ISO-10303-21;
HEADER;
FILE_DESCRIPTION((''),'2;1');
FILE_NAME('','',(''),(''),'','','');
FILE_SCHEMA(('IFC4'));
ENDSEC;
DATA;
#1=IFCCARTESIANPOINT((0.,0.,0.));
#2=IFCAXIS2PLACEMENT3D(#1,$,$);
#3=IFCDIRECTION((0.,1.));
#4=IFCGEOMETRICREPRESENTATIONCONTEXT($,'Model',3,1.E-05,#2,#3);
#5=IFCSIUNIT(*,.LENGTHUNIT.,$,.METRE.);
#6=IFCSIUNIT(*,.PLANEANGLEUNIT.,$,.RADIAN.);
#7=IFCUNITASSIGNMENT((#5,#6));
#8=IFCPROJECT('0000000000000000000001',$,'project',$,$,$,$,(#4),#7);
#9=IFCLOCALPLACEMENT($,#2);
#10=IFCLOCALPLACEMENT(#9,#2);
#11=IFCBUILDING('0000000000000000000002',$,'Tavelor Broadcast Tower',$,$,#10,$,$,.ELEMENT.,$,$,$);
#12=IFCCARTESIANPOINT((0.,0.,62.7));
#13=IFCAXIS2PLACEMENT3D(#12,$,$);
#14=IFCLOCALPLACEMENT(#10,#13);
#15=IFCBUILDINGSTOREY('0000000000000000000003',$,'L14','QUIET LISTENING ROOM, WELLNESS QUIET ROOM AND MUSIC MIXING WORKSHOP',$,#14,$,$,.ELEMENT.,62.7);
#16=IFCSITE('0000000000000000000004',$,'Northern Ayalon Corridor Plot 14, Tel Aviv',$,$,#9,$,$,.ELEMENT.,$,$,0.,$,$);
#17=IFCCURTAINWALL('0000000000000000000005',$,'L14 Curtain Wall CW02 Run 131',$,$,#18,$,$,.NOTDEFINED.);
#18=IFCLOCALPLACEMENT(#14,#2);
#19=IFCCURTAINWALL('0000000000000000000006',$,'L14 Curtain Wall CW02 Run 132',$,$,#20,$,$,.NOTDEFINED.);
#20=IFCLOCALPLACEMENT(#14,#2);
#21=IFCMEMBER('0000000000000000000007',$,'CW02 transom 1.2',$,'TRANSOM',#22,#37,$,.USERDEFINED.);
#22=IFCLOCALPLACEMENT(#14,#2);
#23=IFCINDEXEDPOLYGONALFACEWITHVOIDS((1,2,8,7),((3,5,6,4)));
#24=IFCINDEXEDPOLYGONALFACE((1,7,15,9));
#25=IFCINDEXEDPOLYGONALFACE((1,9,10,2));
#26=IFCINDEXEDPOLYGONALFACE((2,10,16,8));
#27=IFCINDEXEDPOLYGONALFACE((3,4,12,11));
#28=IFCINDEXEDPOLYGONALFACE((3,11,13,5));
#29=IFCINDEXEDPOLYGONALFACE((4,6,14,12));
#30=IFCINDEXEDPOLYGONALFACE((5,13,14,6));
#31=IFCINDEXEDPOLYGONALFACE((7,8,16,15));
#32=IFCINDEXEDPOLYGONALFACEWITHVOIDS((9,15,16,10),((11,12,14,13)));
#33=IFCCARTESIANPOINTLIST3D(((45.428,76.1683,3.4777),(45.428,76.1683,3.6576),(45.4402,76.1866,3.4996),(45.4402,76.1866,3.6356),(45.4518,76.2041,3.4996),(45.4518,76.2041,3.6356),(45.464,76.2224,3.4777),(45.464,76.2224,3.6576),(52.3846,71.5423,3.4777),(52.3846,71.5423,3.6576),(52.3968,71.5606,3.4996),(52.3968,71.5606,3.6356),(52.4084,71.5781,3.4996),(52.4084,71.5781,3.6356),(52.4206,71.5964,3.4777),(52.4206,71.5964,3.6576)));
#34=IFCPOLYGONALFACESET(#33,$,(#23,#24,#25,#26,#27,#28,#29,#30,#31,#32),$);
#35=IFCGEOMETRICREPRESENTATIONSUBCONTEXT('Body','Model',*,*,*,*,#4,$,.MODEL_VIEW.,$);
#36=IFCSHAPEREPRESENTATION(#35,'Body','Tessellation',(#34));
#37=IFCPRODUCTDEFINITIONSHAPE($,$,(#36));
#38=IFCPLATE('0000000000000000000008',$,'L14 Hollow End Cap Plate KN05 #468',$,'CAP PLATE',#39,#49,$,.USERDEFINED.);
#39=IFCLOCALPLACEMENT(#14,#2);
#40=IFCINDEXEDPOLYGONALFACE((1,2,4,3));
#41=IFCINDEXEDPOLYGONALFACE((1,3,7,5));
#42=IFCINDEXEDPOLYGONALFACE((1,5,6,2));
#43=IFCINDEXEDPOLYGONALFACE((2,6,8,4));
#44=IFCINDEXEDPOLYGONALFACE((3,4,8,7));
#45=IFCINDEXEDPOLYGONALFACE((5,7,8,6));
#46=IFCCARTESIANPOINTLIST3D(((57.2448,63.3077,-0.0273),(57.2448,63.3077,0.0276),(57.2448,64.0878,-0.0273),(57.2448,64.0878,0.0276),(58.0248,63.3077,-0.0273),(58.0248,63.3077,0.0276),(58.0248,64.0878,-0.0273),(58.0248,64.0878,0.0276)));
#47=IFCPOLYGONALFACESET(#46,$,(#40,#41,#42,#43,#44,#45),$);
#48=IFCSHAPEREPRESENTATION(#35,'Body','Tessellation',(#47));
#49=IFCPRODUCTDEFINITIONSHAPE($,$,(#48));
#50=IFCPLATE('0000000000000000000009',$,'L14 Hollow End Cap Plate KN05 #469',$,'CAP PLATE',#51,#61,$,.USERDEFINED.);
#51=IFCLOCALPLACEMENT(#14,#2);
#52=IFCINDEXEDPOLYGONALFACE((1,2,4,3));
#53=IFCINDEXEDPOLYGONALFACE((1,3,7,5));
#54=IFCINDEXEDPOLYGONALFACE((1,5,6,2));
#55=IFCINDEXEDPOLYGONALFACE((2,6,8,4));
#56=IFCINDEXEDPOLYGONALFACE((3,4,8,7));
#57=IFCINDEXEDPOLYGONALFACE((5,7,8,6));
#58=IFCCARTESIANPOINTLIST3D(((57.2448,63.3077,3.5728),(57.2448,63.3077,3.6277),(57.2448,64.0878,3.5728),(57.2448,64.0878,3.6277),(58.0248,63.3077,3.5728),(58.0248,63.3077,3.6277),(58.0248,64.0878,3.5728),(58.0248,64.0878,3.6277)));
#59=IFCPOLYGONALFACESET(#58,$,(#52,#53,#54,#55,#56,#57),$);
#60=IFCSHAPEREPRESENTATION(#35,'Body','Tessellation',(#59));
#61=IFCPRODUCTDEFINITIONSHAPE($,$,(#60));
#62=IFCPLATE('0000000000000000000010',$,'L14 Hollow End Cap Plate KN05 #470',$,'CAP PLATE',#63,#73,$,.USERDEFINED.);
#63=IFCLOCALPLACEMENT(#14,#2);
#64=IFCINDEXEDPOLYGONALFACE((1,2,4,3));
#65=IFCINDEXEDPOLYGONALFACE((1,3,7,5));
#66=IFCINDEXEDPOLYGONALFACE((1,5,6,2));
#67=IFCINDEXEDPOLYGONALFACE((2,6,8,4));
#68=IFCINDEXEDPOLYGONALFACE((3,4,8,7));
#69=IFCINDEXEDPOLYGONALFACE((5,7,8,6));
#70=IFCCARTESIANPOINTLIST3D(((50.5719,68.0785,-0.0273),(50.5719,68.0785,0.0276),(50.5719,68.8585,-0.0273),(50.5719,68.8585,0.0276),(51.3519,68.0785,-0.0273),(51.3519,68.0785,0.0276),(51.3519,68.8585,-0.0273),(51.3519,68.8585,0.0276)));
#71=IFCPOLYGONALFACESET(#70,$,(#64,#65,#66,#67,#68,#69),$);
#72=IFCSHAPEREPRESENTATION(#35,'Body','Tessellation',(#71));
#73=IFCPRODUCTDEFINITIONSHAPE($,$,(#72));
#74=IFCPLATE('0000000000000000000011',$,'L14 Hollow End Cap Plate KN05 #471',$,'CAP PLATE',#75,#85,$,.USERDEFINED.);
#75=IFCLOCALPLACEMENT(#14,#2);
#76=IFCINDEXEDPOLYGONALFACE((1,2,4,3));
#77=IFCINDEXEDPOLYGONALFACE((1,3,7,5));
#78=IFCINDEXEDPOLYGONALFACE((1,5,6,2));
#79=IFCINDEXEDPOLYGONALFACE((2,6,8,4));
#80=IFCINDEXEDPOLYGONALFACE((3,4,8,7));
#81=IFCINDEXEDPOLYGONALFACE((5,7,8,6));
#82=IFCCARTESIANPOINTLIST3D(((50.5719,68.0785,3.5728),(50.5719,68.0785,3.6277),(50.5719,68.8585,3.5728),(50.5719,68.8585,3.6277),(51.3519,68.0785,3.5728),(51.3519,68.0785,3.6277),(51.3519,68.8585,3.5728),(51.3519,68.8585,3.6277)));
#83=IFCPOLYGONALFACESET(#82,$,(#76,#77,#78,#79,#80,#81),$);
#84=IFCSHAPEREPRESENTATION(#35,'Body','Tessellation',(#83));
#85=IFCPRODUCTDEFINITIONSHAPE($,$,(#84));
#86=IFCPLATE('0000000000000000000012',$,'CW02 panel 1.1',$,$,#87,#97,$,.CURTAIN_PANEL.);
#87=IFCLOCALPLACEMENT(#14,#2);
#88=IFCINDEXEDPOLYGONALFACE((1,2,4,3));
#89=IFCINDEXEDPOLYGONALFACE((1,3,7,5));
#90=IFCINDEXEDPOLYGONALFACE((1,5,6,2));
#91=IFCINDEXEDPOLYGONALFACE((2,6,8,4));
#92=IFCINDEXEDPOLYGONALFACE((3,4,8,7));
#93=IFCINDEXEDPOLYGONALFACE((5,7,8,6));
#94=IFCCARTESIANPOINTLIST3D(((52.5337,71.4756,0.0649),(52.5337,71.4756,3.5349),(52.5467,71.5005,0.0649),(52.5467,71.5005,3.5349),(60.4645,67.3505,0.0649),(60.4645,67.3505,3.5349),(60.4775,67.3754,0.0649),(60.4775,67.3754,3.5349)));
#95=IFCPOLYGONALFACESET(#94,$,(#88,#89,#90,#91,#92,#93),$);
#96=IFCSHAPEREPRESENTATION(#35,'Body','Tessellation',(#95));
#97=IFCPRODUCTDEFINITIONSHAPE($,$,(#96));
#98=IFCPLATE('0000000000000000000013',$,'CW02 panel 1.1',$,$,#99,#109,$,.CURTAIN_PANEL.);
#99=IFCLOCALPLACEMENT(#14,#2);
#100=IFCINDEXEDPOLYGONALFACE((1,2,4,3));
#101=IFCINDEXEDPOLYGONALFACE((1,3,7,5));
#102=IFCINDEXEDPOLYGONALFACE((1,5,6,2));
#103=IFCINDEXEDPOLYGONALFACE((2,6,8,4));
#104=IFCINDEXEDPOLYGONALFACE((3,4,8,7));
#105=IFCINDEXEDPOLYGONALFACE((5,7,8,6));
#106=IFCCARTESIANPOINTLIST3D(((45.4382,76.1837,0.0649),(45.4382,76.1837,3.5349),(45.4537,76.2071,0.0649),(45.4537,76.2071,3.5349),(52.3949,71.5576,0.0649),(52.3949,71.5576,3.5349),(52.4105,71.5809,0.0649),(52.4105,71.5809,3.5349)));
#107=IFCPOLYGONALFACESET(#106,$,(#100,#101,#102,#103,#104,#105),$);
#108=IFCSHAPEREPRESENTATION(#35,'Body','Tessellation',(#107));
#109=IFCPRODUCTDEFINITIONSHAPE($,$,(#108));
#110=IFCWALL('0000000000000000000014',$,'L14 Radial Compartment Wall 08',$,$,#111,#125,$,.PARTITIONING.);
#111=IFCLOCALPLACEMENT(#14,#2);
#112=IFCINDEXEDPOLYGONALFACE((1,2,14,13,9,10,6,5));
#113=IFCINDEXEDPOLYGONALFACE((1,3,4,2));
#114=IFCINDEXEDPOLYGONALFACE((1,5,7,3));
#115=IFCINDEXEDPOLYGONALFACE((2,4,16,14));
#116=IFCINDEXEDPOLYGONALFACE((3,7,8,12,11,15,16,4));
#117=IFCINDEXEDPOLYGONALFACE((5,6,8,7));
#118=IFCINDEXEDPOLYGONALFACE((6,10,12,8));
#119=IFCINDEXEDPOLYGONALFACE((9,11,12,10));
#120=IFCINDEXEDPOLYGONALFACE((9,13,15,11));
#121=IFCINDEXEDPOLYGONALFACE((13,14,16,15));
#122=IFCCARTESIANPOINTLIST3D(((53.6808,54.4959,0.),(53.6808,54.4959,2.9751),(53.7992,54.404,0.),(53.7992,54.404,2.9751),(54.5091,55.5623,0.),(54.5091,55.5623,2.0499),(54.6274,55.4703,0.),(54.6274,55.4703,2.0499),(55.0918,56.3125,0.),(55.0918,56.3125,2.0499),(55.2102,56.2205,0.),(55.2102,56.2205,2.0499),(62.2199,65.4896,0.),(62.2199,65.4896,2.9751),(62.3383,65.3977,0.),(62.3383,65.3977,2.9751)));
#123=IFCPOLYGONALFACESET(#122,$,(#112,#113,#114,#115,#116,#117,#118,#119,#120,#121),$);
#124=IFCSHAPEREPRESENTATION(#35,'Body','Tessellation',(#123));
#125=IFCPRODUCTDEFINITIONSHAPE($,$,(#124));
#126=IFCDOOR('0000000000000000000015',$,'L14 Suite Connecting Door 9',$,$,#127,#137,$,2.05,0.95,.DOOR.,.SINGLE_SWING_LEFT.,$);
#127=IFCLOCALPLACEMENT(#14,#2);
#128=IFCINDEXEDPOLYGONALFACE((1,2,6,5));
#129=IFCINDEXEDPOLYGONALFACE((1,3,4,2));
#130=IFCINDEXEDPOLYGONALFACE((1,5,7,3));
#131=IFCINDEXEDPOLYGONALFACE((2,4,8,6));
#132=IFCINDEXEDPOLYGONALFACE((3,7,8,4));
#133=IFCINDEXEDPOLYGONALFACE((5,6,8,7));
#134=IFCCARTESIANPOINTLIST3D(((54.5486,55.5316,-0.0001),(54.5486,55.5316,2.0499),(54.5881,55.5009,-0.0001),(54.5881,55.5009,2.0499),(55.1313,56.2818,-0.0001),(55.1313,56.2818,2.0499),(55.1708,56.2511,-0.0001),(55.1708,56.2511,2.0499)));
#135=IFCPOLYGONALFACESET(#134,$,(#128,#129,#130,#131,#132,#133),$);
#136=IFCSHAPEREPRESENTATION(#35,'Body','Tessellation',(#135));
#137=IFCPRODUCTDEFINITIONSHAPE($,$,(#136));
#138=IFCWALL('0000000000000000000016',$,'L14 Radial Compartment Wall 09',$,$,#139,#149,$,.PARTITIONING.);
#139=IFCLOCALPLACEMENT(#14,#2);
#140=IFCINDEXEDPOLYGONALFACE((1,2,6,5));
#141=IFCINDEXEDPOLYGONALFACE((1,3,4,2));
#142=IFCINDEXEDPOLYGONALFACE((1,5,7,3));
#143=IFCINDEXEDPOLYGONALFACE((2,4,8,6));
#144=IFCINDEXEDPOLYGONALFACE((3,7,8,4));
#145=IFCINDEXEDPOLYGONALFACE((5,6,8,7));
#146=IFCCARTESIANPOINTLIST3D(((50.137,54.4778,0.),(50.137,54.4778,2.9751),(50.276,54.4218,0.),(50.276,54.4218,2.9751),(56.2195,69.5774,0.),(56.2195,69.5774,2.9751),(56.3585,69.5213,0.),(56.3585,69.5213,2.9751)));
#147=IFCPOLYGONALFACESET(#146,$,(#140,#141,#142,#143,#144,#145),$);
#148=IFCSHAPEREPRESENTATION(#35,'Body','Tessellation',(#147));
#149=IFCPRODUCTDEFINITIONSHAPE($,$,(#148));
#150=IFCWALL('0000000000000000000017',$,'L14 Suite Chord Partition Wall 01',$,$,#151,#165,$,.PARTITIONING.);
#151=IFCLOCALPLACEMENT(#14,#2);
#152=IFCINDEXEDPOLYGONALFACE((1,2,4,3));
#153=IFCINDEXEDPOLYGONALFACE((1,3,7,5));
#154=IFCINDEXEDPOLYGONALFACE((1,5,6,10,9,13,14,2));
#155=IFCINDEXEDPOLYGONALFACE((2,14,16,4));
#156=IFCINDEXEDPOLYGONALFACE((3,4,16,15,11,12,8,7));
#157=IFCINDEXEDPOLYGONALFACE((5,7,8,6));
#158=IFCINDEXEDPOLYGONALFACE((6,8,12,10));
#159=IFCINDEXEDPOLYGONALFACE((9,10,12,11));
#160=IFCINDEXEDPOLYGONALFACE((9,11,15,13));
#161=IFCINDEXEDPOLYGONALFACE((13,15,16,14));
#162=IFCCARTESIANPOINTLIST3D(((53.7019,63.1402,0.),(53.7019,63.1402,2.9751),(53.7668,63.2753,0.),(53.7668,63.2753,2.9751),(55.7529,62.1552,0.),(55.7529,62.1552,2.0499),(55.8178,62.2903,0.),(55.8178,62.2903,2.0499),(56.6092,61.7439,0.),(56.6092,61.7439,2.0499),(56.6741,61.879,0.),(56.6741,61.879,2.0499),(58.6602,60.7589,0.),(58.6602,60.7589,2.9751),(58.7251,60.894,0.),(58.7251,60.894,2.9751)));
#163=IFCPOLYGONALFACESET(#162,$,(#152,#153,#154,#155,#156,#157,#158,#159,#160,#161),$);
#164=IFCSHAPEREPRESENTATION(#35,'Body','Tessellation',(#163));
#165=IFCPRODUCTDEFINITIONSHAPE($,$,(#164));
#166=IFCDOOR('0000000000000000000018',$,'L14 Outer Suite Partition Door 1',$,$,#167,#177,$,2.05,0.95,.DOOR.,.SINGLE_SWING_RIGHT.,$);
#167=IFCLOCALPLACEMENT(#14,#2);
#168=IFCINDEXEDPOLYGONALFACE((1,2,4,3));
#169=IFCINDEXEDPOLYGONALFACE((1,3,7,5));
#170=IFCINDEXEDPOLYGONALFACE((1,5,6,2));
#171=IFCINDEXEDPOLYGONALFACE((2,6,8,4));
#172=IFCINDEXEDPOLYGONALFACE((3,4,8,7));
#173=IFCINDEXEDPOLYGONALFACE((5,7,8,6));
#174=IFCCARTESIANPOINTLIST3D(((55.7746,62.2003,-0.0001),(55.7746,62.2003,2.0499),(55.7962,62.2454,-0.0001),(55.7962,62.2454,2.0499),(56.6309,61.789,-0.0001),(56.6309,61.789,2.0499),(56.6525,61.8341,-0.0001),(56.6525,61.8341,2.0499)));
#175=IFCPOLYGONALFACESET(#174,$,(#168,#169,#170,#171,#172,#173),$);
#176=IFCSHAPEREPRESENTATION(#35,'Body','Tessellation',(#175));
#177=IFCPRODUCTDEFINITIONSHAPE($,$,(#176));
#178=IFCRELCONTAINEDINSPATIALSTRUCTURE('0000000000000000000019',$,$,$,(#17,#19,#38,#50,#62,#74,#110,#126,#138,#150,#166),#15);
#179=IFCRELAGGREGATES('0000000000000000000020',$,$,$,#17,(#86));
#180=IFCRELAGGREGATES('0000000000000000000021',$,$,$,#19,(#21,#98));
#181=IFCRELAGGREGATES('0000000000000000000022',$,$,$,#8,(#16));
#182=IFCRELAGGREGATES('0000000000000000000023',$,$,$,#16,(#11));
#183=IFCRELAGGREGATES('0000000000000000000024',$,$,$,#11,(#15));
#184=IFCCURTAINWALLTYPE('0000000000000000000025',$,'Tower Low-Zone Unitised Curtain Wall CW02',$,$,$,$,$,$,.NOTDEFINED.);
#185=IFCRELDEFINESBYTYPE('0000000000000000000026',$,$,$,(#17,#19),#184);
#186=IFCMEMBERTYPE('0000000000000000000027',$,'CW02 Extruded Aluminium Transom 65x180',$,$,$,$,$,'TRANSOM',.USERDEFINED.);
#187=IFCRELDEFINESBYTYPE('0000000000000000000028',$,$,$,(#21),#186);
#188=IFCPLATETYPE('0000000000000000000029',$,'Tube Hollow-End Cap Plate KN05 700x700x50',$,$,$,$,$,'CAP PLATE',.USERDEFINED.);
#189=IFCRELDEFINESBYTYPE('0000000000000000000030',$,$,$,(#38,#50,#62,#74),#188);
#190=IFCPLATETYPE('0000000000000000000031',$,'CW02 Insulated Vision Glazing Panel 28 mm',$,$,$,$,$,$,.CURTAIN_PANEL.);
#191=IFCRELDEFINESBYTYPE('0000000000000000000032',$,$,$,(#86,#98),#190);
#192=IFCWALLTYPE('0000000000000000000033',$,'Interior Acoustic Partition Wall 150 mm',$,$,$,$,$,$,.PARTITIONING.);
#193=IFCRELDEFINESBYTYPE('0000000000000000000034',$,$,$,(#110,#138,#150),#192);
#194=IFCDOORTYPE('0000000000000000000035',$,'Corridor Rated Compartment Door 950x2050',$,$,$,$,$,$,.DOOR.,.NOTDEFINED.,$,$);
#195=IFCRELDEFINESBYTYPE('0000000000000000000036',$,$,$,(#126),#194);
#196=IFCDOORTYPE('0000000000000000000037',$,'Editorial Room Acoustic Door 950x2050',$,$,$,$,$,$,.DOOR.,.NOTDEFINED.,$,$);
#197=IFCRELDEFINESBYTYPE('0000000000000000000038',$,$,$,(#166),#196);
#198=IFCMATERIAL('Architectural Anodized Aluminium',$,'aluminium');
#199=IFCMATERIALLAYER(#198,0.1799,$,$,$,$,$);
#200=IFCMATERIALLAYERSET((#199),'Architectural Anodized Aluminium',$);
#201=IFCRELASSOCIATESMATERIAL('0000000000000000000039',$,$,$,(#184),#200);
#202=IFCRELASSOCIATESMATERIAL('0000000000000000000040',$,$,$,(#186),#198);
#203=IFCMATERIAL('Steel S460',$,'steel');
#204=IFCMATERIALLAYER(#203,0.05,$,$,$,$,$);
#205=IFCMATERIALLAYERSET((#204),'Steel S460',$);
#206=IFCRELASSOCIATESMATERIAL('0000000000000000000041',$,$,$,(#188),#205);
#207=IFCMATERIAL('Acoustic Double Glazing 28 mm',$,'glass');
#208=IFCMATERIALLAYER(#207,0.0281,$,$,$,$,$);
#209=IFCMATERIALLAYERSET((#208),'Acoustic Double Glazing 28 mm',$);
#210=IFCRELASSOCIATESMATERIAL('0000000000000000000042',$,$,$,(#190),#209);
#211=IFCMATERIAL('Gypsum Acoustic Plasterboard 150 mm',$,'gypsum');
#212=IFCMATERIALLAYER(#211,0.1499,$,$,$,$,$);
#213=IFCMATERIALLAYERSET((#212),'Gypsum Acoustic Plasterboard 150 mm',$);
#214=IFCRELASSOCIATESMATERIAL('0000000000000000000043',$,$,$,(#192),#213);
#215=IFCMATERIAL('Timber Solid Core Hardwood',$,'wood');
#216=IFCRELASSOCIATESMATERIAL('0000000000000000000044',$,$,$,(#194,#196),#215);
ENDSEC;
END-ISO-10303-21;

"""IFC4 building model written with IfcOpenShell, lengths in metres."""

from ifc_helpers import new_model, si_unit, direction, frame, frame_2d, origin, origin_2d, place, context, subcontext, project, spatial, rectangle, hollow_rectangle, extrude, source, transform, mapped, material, layer, layer_set, material_profile, profile_set, type_object, type_shapes, element, fill, aggregate, save


model = new_model("IFC4")

# Units and contexts
model_context = context("Model", 3, precision=1e-05, world=origin(), true_north=direction((0.0, 1.0)))
body_context = subcontext(model_context, "Body", "Model", "MODEL_VIEW")
ifc_project = project(units=[si_unit("LENGTHUNIT", "METRE"), si_unit("PLANEANGLEUNIT", "RADIAN")], contexts=[model_context])

# Site, building, storey
site_placement = place(None, origin())
site = spatial("IfcSite", under=ifc_project, at=site_placement, Name="Northern Ayalon Corridor Plot 14, Tel Aviv", CompositionType="ELEMENT", RefElevation=0.0)
building_placement = place(site_placement, origin())
building = spatial("IfcBuilding", under=site, at=building_placement, Name="Tavelor Broadcast Tower", CompositionType="ELEMENT")
storey_placement = place(building_placement, frame((0.0, 0.0, 62.7)))
storey = spatial("IfcBuildingStorey", under=building, at=storey_placement, Name="L14", Description="QUIET LISTENING ROOM, WELLNESS QUIET ROOM AND MUSIC MIXING WORKSHOP", CompositionType="ELEMENT", Elevation=62.7)

# Shared definitions
ifc_material_1 = material(Name="Steel S460", Category="steel")

# Curtain wall
ifc_material_2 = material(Name="Architectural Anodized Aluminium", Category="aluminium")
ifc_layer_1 = layer(ifc_material_2, 0.1799)
ifc_layer_set_1 = layer_set([ifc_layer_1], Name="Architectural Anodized Aluminium")
curtain_wall_type = type_object("IfcCurtainWallType", Name="Tower Low-Zone Unitised Curtain Wall CW02", PredefinedType="NOTDEFINED", material=ifc_layer_set_1)
curtain_wall_1_placement = place(storey_placement, origin())
curtain_wall_1 = element("IfcCurtainWall", 1, at=curtain_wall_1_placement, inside=storey, type_object=curtain_wall_type, Name="L14 Curtain Wall CW02 Run 131", PredefinedType="NOTDEFINED")

# Curtain wall, member
curtain_wall_2_placement = place(storey_placement, origin())
curtain_wall_2 = element("IfcCurtainWall", 2, at=curtain_wall_2_placement, inside=storey, type_object=curtain_wall_type, Name="L14 Curtain Wall CW02 Run 132", PredefinedType="NOTDEFINED")
ifc_material_profile_1 = material_profile(ifc_material_2, hollow_rectangle(XDim=0.0649, YDim=0.1799, WallThickness=0.022, at=origin_2d()), Name="RHS 65x180x22")
ifc_profile_set_1 = profile_set([ifc_material_profile_1], Name="Architectural Anodized Aluminium")
member_type_1 = type_object("IfcMemberType", Name="CW02 Extruded Aluminium Transom 65x180", ElementType="TRANSOM", PredefinedType="USERDEFINED", material=ifc_profile_set_1)
shared_shape_1 = source(origin(), body_context, "Body", "SweptSolid", [
    extrude(hollow_rectangle(XDim=0.0649, YDim=0.1799, WallThickness=0.022, at=origin_2d()), origin(), (0.0, 0.0, 1.0), 8.3542),
])
type_shapes(member_type_1, [shared_shape_1])
member_1_placement = place(storey_placement, frame((52.4026, 71.5693, 3.5676), z_axis=(-0.832697, 0.553729, 0.0), x_axis=(-0.553729, -0.832697, 0.0)))
member_1 = element("IfcMember", 3, at=member_1_placement, type_object=member_type_1, Name="CW02 transom 1.2", ObjectType="TRANSOM", PredefinedType="USERDEFINED", context=body_context, shape_type="MappedRepresentation", body=[
    mapped(shared_shape_1, transform((0.0, 0.0, 0.0), scale=1.0)),
])

# Plates
ifc_layer_2 = layer(ifc_material_1, 0.05)
ifc_layer_set_2 = layer_set([ifc_layer_2], Name="Steel S460")
plate_type_1 = type_object("IfcPlateType", Name="Tube Hollow-End Cap Plate KN05 700x700x50", ElementType="CAP PLATE", PredefinedType="USERDEFINED", material=ifc_layer_set_2)
shared_shape_2 = source(origin(), body_context, "Body", "SweptSolid", [
    extrude(rectangle(XDim=0.78, YDim=0.78, at=origin_2d()), origin(), (0.0, 0.0, 1.0), 0.0549),
])
type_shapes(plate_type_1, [shared_shape_2])
for number, where, z_axis, x_axis, name in (
    (4, (57.6348, 63.6978, -0.0273), (0.0, 0.0, 1.0), (1.0, 0.0, 0.0), "L14 Hollow End Cap Plate KN05 #468"),
    (5, (57.6348, 63.6978, 3.5728), (0.0, 0.0, 1.0), (1.0, 0.0, 0.0), "L14 Hollow End Cap Plate KN05 #469"),
    (6, (50.9619, 68.4685, -0.0273), (0.0, 0.0, 1.0), (1.0, 0.0, 0.0), "L14 Hollow End Cap Plate KN05 #470"),
    (7, (50.9619, 68.4685, 3.5728), (0.0, 0.0, 1.0), (1.0, 0.0, 0.0), "L14 Hollow End Cap Plate KN05 #471"),
):
    element("IfcPlate", number, at=place(storey_placement, frame(where, z_axis=z_axis, x_axis=x_axis)), inside=storey, type_object=plate_type_1, Name=name, ObjectType="CAP PLATE", PredefinedType="USERDEFINED", context=body_context, shape_type="MappedRepresentation", body=[
        mapped(shared_shape_2, transform((0.0, 0.0, 0.0), scale=1.0)),
    ])

# Plates
ifc_material_3 = material(Name="Acoustic Double Glazing 28 mm", Category="glass")
ifc_layer_3 = layer(ifc_material_3, 0.0281)
ifc_layer_set_3 = layer_set([ifc_layer_3], Name="Acoustic Double Glazing 28 mm")
plate_type_2 = type_object("IfcPlateType", Name="CW02 Insulated Vision Glazing Panel 28 mm", PredefinedType="CURTAIN_PANEL", material=ifc_layer_set_3)
shared_shape_3 = source(origin(), body_context, "Body", "SweptSolid", [
    extrude(rectangle(XDim=8.9395, YDim=0.0281, at=origin_2d()), origin(), (0.0, 0.0, 1.0), 3.47),
])
plate_1_placement = place(storey_placement, frame((56.5056, 69.4255, 0.0649), z_axis=(0.0, 0.0, 1.0), x_axis=(-0.887166, 0.461451, 0.0)))
plate_1 = element("IfcPlate", 8, at=plate_1_placement, type_object=plate_type_2, Name="CW02 panel 1.1", PredefinedType="CURTAIN_PANEL", context=body_context, shape_type="MappedRepresentation", body=[
    mapped(shared_shape_3, transform((0.0, 0.0, 0.0), scale=1.0)),
])
aggregate(curtain_wall_1, [plate_1])
shared_shape_4 = source(origin(), body_context, "Body", "SweptSolid", [
    extrude(rectangle(XDim=8.3545, YDim=0.0281, at=origin_2d()), origin(), (0.0, 0.0, 1.0), 3.47),
])
type_shapes(plate_type_2, [shared_shape_3, shared_shape_4])
plate_2_placement = place(storey_placement, frame((48.9243, 73.8823, 0.0649), z_axis=(0.0, 0.0, 1.0), x_axis=(-0.832693, 0.553734, 0.0)))
plate_2 = element("IfcPlate", 9, at=plate_2_placement, type_object=plate_type_2, Name="CW02 panel 1.1", PredefinedType="CURTAIN_PANEL", context=body_context, shape_type="MappedRepresentation", body=[
    mapped(shared_shape_4, transform((0.0, 0.0, 0.0), scale=1.0)),
])
aggregate(curtain_wall_2, [member_1, plate_2])

# Wall, opening, door
ifc_material_4 = material(Name="Gypsum Acoustic Plasterboard 150 mm", Category="gypsum")
ifc_layer_4 = layer(ifc_material_4, 0.1499)
ifc_layer_set_4 = layer_set([ifc_layer_4], Name="Gypsum Acoustic Plasterboard 150 mm")
wall_type = type_object("IfcWallType", Name="Interior Acoustic Partition Wall 150 mm", PredefinedType="PARTITIONING", material=ifc_layer_set_4)
wall_1_placement = place(storey_placement, frame((53.74, 54.45, 0.0), z_axis=(0.0, 0.0, 1.0), x_axis=(0.613423, 0.789754, 0.0)))
wall_1 = element("IfcWall", 10, at=wall_1_placement, inside=storey, type_object=wall_type, Name="L14 Radial Compartment Wall 08", PredefinedType="PARTITIONING", context=body_context, shape_type="SweptSolid", body=[
    extrude(rectangle(XDim=13.9204, YDim=0.1499, at=frame_2d((6.9602, 0.0))), origin(), (0.0, 0.0, 1.0), 2.9751),
])
opening_1_placement = place(wall_1_placement, frame((1.3501, 0.0, 0.0)))
opening_1 = element("IfcOpeningElement", 11, at=opening_1_placement, cuts=wall_1, PredefinedType="OPENING", context=body_context, shape_type="SweptSolid", body=[
    extrude(rectangle(XDim=0.95, YDim=2.05, at=frame_2d((0.4751, 1.0249))), frame((0.0, 0.085, 0.0), z_axis=(0.0, -1.0, 0.0), x_axis=(1.0, 0.0, 0.0)), (0.0, 0.0, 1.0), 0.1699),
])
ifc_material_5 = material(Name="Timber Solid Core Hardwood", Category="wood")
door_type_1 = type_object("IfcDoorType", Name="Corridor Rated Compartment Door 950x2050", OperationType="NOTDEFINED", PredefinedType="DOOR", material=ifc_material_5)
door_1_placement = place(opening_1_placement, origin())
door_1 = element("IfcDoor", 12, at=door_1_placement, inside=storey, type_object=door_type_1, Name="L14 Suite Connecting Door 9", OperationType="SINGLE_SWING_LEFT", OverallHeight=2.05, OverallWidth=0.95, PredefinedType="DOOR", context=body_context, shape_type="SweptSolid", body=[
    extrude(rectangle(XDim=0.95, YDim=2.05, at=frame_2d((0.4751, 1.0249))), frame((0.0, 0.0249, 0.0), z_axis=(0.0, -1.0, 0.0), x_axis=(1.0, 0.0, 0.0)), (0.0, 0.0, 1.0), 0.05),
])
fill(opening_1, door_1)

# Wall
wall_2_placement = place(storey_placement, frame((50.2065, 54.45, 0.0), z_axis=(0.0, 0.0, 1.0), x_axis=(0.37365, 0.92757, 0.0)))
element("IfcWall", 13, at=wall_2_placement, inside=storey, type_object=wall_type, Name="L14 Radial Compartment Wall 09", PredefinedType="PARTITIONING", context=body_context, shape_type="SweptSolid", body=[
    extrude(rectangle(XDim=16.2786, YDim=0.1499, at=frame_2d((8.1392, 0.0))), origin(), (0.0, 0.0, 1.0), 2.9751),
])

# Wall, opening, door
wall_3_placement = place(storey_placement, frame((58.6926, 60.8264, 0.0), z_axis=(0.0, 0.0, 1.0), x_axis=(-0.901425, 0.432936, 0.0)))
wall_3 = element("IfcWall", 14, at=wall_3_placement, inside=storey, type_object=wall_type, Name="L14 Suite Chord Partition Wall 01", PredefinedType="PARTITIONING", context=body_context, shape_type="SweptSolid", body=[
    extrude(rectangle(XDim=5.5005, YDim=0.1499, at=frame_2d((2.7502, 0.0))), origin(), (0.0, 0.0, 1.0), 2.9751),
])
opening_2_placement = place(wall_3_placement, frame((2.2751, 0.0, 0.0)))
opening_2 = element("IfcOpeningElement", 15, at=opening_2_placement, cuts=wall_3, PredefinedType="OPENING", context=body_context, shape_type="SweptSolid", body=[
    extrude(rectangle(XDim=0.95, YDim=2.05, at=frame_2d((0.4751, 1.0249))), frame((0.0, 0.085, 0.0), z_axis=(0.0, -1.0, 0.0), x_axis=(1.0, 0.0, 0.0)), (0.0, 0.0, 1.0), 0.1699),
])
door_type_2 = type_object("IfcDoorType", Name="Editorial Room Acoustic Door 950x2050", OperationType="NOTDEFINED", PredefinedType="DOOR", material=ifc_material_5)
door_2_placement = place(opening_2_placement, origin())
door_2 = element("IfcDoor", 16, at=door_2_placement, inside=storey, type_object=door_type_2, Name="L14 Outer Suite Partition Door 1", OperationType="SINGLE_SWING_RIGHT", OverallHeight=2.05, OverallWidth=0.95, PredefinedType="DOOR", context=body_context, shape_type="SweptSolid", body=[
    extrude(rectangle(XDim=0.95, YDim=2.05, at=frame_2d((0.4751, 1.0249))), frame((0.0, 0.0249, 0.0), z_axis=(0.0, -1.0, 0.0), x_axis=(1.0, 0.0, 0.0)), (0.0, 0.0, 1.0), 0.05),
])
fill(opening_2, door_2)

save(model, "model.ifc")
